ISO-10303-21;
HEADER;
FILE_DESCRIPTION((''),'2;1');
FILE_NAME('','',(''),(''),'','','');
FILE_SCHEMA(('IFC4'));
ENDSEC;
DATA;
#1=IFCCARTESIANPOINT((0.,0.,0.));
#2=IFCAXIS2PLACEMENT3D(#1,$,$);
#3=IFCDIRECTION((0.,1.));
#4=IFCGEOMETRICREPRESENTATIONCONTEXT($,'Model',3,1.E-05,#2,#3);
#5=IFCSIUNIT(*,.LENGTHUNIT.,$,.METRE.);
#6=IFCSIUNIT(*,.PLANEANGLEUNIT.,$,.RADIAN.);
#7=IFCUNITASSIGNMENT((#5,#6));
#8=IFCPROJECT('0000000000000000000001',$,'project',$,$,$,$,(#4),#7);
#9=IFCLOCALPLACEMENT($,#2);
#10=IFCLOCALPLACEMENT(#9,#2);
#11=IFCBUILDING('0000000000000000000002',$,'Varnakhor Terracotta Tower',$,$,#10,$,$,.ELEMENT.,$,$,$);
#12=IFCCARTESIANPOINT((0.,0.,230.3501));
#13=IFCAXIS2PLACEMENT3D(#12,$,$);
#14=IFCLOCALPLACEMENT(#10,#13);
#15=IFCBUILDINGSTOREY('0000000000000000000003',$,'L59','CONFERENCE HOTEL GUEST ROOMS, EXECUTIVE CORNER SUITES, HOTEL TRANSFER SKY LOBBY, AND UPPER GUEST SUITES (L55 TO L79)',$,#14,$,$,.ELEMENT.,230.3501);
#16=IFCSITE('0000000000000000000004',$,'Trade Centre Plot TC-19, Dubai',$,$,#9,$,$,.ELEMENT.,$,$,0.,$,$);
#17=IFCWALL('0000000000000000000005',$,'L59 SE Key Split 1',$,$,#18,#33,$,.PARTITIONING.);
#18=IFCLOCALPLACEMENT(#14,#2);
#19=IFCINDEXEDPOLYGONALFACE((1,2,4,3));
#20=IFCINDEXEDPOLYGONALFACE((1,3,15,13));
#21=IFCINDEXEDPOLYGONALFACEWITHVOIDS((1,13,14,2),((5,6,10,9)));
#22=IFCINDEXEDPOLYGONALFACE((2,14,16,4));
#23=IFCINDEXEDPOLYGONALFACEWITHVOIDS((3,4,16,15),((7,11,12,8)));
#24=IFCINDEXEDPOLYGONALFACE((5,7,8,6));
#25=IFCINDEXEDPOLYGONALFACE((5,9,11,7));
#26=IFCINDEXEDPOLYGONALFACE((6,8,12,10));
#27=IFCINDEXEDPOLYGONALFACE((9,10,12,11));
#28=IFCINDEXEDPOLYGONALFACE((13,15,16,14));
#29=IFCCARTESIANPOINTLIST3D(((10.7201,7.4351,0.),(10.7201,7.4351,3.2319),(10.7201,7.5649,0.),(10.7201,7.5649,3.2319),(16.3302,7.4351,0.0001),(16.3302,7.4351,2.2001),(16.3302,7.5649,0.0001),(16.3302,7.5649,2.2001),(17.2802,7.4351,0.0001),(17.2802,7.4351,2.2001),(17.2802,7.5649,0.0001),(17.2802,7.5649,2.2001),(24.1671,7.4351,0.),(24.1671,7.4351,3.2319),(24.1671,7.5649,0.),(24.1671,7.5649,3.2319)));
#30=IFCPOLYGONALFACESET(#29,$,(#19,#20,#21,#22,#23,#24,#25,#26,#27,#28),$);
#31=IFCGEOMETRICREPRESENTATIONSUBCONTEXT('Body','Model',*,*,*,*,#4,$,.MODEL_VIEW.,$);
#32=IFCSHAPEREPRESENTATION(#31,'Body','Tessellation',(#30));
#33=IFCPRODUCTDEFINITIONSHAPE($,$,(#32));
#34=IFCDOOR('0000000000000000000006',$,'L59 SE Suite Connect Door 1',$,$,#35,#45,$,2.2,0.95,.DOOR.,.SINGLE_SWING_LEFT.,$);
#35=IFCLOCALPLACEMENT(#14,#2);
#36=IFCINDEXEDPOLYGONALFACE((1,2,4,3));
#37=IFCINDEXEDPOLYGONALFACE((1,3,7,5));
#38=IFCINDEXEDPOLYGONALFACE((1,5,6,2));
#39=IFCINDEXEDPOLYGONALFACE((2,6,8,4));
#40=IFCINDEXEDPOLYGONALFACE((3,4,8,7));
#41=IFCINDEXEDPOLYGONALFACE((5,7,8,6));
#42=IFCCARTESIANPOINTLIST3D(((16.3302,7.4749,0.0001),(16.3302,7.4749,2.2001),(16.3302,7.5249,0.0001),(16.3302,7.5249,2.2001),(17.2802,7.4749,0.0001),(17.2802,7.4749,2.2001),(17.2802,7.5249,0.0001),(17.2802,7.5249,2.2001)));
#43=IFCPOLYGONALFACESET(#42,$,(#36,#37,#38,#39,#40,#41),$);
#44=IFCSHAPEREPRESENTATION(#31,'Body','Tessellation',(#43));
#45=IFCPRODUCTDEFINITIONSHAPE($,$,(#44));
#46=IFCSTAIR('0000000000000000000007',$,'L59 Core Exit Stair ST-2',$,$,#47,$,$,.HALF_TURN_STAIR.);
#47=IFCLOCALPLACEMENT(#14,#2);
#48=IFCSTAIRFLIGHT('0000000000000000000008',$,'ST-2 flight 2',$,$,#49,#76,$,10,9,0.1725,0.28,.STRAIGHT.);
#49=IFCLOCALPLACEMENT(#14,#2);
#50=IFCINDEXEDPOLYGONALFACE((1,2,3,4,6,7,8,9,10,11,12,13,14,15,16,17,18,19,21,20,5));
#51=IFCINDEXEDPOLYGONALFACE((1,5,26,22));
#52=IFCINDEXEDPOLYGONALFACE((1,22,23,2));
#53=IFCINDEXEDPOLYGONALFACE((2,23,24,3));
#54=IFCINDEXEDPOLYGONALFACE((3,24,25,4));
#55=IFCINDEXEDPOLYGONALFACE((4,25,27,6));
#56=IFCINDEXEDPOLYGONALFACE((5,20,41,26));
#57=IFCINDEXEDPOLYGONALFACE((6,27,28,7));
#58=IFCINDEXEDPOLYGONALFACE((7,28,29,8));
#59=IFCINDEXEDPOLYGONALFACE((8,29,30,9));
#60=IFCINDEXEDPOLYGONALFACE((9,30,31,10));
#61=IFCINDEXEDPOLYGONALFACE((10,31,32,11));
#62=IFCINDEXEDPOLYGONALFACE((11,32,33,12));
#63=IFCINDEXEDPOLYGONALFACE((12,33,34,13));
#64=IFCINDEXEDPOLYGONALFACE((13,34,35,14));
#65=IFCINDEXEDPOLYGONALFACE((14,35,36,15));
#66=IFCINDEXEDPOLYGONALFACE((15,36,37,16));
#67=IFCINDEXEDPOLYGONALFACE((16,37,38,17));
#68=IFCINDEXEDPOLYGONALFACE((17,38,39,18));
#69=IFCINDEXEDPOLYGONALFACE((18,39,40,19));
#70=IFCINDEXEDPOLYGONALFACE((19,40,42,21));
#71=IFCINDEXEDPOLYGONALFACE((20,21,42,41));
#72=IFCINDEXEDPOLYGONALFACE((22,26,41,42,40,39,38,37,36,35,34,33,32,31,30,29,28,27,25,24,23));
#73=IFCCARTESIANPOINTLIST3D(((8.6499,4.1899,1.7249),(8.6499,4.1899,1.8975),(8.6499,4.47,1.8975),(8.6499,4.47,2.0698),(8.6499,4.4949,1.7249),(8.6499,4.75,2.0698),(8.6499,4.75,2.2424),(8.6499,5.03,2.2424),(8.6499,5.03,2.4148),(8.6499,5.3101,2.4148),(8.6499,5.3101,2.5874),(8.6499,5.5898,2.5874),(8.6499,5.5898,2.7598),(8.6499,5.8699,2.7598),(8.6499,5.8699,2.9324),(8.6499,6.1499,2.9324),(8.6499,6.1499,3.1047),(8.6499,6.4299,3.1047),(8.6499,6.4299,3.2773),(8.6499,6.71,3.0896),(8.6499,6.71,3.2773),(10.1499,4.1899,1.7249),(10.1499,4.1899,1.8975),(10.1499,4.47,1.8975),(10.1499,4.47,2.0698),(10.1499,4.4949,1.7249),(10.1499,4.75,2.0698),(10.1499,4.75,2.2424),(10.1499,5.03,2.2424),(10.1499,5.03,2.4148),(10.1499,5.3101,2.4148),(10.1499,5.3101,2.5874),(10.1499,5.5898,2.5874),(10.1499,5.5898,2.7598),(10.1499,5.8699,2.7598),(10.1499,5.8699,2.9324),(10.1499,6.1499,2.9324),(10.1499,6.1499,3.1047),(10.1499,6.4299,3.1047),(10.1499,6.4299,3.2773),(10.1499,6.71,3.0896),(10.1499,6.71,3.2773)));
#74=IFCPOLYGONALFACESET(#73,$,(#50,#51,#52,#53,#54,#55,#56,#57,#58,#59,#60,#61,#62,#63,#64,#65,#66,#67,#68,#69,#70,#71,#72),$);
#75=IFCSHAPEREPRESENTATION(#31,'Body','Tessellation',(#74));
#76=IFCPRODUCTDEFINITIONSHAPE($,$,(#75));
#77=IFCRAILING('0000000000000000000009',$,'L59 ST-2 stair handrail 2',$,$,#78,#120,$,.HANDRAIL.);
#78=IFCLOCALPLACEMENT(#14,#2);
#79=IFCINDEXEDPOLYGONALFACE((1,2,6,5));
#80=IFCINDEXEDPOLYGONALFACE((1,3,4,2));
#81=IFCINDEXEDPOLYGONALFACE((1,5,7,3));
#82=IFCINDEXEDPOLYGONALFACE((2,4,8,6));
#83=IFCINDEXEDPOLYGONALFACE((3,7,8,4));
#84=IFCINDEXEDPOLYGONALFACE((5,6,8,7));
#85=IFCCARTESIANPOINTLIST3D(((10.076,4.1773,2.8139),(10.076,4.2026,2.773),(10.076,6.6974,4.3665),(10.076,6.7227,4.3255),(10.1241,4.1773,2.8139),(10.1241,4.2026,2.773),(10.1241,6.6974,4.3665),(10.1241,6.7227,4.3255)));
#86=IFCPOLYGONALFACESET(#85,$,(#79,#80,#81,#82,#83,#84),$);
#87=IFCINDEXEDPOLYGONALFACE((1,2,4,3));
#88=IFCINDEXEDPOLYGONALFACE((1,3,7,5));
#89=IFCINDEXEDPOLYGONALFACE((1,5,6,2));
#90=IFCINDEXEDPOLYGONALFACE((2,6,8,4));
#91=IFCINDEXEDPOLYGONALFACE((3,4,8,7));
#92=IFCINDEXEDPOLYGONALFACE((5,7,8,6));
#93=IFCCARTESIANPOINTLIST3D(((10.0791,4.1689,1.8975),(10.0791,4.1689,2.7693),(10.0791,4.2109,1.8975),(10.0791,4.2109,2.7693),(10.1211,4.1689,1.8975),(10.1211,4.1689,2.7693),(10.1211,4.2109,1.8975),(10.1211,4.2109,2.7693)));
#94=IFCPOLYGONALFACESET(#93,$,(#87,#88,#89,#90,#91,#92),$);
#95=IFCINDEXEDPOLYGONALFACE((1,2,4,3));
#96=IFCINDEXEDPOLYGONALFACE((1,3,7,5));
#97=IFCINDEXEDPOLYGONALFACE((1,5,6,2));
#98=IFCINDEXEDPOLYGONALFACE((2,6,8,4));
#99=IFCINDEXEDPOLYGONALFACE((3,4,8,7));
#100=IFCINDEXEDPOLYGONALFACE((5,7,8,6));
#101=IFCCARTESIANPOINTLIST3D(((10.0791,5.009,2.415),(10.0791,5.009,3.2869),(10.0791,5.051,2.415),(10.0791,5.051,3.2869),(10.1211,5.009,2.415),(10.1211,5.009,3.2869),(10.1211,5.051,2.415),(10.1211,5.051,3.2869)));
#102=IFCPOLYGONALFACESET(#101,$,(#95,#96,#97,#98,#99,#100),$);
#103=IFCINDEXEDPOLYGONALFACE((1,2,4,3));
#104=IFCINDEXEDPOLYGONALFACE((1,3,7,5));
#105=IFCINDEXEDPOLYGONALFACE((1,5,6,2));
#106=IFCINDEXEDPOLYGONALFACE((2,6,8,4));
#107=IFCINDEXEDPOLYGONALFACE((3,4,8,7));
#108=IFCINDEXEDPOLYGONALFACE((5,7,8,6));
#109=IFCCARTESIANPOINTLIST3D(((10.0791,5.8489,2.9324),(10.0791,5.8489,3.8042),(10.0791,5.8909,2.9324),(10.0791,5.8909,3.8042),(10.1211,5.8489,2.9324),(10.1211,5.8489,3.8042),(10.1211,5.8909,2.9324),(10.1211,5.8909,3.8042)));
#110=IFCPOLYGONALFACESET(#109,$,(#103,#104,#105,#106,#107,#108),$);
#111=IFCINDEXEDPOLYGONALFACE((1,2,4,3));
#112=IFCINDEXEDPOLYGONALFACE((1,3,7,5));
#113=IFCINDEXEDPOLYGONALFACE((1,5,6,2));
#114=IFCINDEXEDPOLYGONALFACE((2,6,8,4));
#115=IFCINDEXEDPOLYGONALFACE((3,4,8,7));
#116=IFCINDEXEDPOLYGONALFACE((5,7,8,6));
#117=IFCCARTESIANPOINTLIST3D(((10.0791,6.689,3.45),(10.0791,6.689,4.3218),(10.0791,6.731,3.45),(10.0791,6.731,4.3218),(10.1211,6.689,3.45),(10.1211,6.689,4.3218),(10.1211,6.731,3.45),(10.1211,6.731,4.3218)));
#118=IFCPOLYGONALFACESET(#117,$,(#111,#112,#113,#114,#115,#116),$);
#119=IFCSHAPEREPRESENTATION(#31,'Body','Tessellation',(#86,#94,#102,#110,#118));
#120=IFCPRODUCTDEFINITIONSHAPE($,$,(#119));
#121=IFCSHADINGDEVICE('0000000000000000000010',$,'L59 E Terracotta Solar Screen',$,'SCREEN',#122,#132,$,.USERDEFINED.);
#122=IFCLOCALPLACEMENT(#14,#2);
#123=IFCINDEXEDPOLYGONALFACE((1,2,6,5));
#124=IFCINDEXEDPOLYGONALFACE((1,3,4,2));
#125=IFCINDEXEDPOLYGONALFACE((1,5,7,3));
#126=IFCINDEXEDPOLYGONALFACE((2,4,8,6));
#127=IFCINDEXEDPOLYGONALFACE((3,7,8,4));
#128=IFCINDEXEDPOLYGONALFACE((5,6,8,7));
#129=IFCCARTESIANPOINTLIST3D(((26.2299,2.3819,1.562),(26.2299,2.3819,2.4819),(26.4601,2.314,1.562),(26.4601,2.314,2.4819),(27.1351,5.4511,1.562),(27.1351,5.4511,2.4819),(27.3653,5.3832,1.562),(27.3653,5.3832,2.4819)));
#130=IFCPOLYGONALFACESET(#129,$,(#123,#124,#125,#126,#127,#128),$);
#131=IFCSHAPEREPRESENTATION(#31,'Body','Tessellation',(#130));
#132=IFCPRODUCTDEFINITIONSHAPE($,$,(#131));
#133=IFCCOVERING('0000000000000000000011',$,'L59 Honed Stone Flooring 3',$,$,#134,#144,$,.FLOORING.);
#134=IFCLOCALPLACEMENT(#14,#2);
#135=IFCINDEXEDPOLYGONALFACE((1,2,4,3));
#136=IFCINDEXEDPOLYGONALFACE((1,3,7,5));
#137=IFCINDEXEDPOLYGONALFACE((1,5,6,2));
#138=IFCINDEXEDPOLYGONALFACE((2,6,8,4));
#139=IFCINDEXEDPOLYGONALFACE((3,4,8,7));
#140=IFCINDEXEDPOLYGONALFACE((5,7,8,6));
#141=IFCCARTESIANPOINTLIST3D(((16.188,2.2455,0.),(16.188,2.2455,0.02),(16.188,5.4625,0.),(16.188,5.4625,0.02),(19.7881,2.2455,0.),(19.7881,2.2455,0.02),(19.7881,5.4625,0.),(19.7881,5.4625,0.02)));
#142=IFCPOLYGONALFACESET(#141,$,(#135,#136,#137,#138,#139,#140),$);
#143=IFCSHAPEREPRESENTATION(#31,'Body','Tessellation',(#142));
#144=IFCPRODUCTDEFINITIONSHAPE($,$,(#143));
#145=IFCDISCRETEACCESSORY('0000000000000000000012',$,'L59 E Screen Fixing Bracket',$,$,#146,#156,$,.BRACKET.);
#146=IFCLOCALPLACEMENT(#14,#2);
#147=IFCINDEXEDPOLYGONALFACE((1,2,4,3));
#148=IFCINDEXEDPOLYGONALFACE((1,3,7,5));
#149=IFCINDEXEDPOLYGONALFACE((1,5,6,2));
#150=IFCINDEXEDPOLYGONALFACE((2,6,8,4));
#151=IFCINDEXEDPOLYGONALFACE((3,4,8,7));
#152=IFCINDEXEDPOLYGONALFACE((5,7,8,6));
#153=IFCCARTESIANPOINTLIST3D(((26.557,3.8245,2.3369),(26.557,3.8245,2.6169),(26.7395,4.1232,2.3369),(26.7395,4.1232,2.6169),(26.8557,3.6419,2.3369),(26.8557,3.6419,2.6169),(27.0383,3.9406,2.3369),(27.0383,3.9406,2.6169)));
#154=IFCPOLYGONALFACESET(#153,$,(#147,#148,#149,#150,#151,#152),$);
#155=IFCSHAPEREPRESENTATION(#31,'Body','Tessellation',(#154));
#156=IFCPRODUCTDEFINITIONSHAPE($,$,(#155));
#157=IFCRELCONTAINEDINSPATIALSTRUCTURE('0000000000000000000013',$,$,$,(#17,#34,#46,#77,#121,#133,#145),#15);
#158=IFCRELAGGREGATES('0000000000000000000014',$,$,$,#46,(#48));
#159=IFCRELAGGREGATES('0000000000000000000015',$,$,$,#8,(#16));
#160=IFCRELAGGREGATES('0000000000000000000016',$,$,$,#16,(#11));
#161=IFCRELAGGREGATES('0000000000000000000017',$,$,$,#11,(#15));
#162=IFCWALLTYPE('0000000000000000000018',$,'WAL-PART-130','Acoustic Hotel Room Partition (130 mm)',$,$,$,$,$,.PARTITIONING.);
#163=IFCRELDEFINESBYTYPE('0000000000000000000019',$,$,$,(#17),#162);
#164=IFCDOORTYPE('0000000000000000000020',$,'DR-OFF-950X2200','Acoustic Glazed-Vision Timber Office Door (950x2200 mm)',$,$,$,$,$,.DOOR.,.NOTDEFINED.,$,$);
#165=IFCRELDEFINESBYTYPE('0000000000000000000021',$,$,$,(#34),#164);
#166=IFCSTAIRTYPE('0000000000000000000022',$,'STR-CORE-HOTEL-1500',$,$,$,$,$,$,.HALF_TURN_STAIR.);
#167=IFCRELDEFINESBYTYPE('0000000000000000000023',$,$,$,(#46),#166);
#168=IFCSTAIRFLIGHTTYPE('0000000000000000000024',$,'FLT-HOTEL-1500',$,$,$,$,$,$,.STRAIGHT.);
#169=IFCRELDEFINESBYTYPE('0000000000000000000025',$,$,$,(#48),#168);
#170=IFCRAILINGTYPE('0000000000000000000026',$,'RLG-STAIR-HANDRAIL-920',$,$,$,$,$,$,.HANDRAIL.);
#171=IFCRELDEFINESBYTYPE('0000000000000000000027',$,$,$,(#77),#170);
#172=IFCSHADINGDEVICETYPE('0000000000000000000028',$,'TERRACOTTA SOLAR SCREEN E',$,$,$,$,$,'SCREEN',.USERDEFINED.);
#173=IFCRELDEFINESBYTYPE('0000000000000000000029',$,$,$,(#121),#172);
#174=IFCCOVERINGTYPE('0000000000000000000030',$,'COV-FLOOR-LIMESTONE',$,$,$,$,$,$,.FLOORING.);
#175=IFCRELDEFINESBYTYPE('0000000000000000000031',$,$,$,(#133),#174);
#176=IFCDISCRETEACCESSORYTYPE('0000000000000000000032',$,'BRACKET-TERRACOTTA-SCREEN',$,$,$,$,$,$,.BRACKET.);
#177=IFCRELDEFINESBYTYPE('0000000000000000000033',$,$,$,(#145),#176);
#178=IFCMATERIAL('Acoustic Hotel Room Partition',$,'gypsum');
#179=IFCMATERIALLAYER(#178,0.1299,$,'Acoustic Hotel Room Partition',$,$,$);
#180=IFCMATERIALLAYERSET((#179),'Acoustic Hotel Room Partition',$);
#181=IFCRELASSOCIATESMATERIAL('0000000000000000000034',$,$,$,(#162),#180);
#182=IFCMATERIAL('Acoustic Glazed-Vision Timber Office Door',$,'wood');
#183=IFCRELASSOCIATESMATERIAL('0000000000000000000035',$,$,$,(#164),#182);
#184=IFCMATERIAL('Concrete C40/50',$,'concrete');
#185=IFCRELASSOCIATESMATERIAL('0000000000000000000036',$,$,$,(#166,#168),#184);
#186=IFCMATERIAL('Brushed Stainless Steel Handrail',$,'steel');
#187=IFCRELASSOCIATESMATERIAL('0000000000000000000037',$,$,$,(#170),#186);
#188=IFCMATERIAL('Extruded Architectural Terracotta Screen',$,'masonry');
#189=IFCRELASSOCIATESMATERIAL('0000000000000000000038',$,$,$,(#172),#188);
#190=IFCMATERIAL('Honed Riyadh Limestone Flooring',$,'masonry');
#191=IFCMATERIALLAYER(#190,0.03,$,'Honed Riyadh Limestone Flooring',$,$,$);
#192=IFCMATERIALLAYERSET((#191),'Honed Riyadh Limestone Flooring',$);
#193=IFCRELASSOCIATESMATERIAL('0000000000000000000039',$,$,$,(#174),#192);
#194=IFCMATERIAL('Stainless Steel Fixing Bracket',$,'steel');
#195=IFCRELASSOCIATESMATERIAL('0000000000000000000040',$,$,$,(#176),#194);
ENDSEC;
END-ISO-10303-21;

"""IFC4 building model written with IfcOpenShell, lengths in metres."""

from ifc_helpers import new_model, si_unit, direction, frame, frame_2d, origin, origin_2d, place, context, subcontext, project, spatial, polyline, rectangle, outline, extrude, source, transform, mapped, material, layer, layer_set, type_object, type_shapes, element, fill, aggregate, save


model = new_model("IFC4")

# Units and contexts
model_context = context("Model", 3, precision=1e-05, world=origin(), true_north=direction((0.0, 1.0)))
body_context = subcontext(model_context, "Body", "Model", "MODEL_VIEW")
ifc_project = project(units=[si_unit("LENGTHUNIT", "METRE"), si_unit("PLANEANGLEUNIT", "RADIAN")], contexts=[model_context])

# Site, building, storey
site_placement = place(None, origin())
site = spatial("IfcSite", under=ifc_project, at=site_placement, Name="Trade Centre Plot TC-19, Dubai", CompositionType="ELEMENT", RefElevation=0.0)
building_placement = place(site_placement, origin())
building = spatial("IfcBuilding", under=site, at=building_placement, Name="Varnakhor Terracotta Tower", CompositionType="ELEMENT")
storey_placement = place(building_placement, frame((0.0, 0.0, 230.3501)))
storey = spatial("IfcBuildingStorey", under=building, at=storey_placement, Name="L59", Description="CONFERENCE HOTEL GUEST ROOMS, EXECUTIVE CORNER SUITES, HOTEL TRANSFER SKY LOBBY, AND UPPER GUEST SUITES (L55 TO L79)", CompositionType="ELEMENT", Elevation=230.3501)

# Wall, opening, door
ifc_material_1 = material(Name="Concrete C40/50", Category="concrete")
ifc_material_2 = material(Name="Acoustic Hotel Room Partition", Category="gypsum")
ifc_layer_1 = layer(ifc_material_2, 0.1299, Name="Acoustic Hotel Room Partition")
ifc_layer_set_1 = layer_set([ifc_layer_1], Name="Acoustic Hotel Room Partition")
wall_type_1 = type_object("IfcWallType", Name="WAL-PART-130", Description="Acoustic Hotel Room Partition (130 mm)", PredefinedType="PARTITIONING", material=ifc_layer_set_1)
wall_1_placement = place(storey_placement, frame((10.72, 7.5, 0.0), z_axis=(0.0, 0.0, 1.0), x_axis=(1.0, 0.0, 0.0)))
wall_1 = element("IfcWall", 1, at=wall_1_placement, inside=storey, type_object=wall_type_1, Name="L59 SE Key Split 1", PredefinedType="PARTITIONING", context=body_context, shape_type="SweptSolid", body=[
    extrude(rectangle(XDim=13.447, YDim=0.1299, at=frame_2d((6.7236, 0.0))), origin(), (0.0, 0.0, 1.0), 3.2319),
])
opening_1_placement = place(wall_1_placement, frame((5.6101, 0.0, 0.0)))
opening_1 = element("IfcOpeningElement", 2, at=opening_1_placement, cuts=wall_1, PredefinedType="OPENING", context=body_context, shape_type="SweptSolid", body=[
    extrude(rectangle(XDim=0.95, YDim=2.2, at=frame_2d((0.4751, 1.1001))), frame((0.0, 0.075, 0.0), z_axis=(0.0, -1.0, 0.0), x_axis=(1.0, 0.0, 0.0)), (0.0, 0.0, 1.0), 0.1499),
])
ifc_material_3 = material(Name="Acoustic Glazed-Vision Timber Office Door", Category="wood")
door_type_1 = type_object("IfcDoorType", Name="DR-OFF-950X2200", Description="Acoustic Glazed-Vision Timber Office Door (950x2200 mm)", OperationType="NOTDEFINED", PredefinedType="DOOR", material=ifc_material_3)
shared_shape_1 = source(origin(), body_context, "Body", "SweptSolid", [
    extrude(rectangle(XDim=0.95, YDim=2.2, at=frame_2d((0.4751, 1.1001))), frame((0.0, 0.0249, 0.0), z_axis=(0.0, -1.0, 0.0), x_axis=(1.0, 0.0, 0.0)), (0.0, 0.0, 1.0), 0.05),
])
type_shapes(door_type_1, [shared_shape_1])
door_1_placement = place(opening_1_placement, origin())
door_1 = element("IfcDoor", 3, at=door_1_placement, inside=storey, type_object=door_type_1, Name="L59 SE Suite Connect Door 1", OperationType="SINGLE_SWING_LEFT", OverallHeight=2.2, OverallWidth=0.95, PredefinedType="DOOR", context=body_context, shape_type="MappedRepresentation", body=[
    mapped(shared_shape_1, transform((0.0, 0.0, 0.0), scale=1.0)),
])
fill(opening_1, door_1)

# Stair, stair flight
stair_type = type_object("IfcStairType", Name="STR-CORE-HOTEL-1500", PredefinedType="HALF_TURN_STAIR", material=ifc_material_1)
stair_placement = place(storey_placement, origin())
stair = element("IfcStair", 4, at=stair_placement, inside=storey, type_object=stair_type, Name="L59 Core Exit Stair ST-2", PredefinedType="HALF_TURN_STAIR")
stair_flight_type = type_object("IfcStairFlightType", Name="FLT-HOTEL-1500", PredefinedType="STRAIGHT", material=ifc_material_1)
stair_flight_placement = place(storey_placement, frame((9.3999, 4.1899, 1.7249), z_axis=(0.0, 0.0, 1.0), x_axis=(0.0, 1.0, 0.0)))
stair_flight = element("IfcStairFlight", 5, at=stair_flight_placement, type_object=stair_flight_type, Name="ST-2 flight 2", NumberOfRisers=10, NumberOfTreads=9, PredefinedType="STRAIGHT", RiserHeight=0.1725, TreadLength=0.28, context=body_context, shape_type="SweptSolid", body=[
    extrude(outline(polyline([(0.0, 0.0), (0.0, 0.1726), (0.28, 0.1726), (0.28, 0.345), (0.5601, 0.345), (0.5601, 0.5176), (0.8401, 0.5176), (0.8401, 0.6899), (1.1201, 0.6899), (1.1201, 0.8625), (1.3999, 0.8625), (1.3999, 1.0349), (1.6799, 1.0349), (1.6799, 1.2075), (1.96, 1.2075), (1.96, 1.3799), (2.24, 1.3799), (2.24, 1.5525), (2.52, 1.5525), (2.52, 1.7251), (2.52, 1.3647), (0.3049, 0.0), (0.0, 0.0)])), frame((0.0, 0.75, 0.0), z_axis=(0.0, -1.0, 0.0), x_axis=(1.0, 0.0, 0.0)), (0.0, 0.0, 1.0), 1.5),
])
aggregate(stair, [stair_flight])

# Railing
ifc_material_4 = material(Name="Brushed Stainless Steel Handrail", Category="steel")
railing_type = type_object("IfcRailingType", Name="RLG-STAIR-HANDRAIL-920", PredefinedType="HANDRAIL", material=ifc_material_4)
railing_placement = place(storey_placement, frame((10.1001, 4.1899, 1.8975)))
element("IfcRailing", 6, at=railing_placement, inside=storey, type_object=railing_type, Name="L59 ST-2 stair handrail 2", PredefinedType="HANDRAIL", context=body_context, shape_type="SweptSolid", body=[
    extrude(rectangle(XDim=0.0481, YDim=0.0481, at=origin_2d()), frame((0.0, 0.0, 0.896), z_axis=(0.0, 0.8514, 0.524516), x_axis=(-1.0, 0.0, 0.0)), (0.0, 0.0, 1.0), 2.96),
    extrude(rectangle(XDim=0.042, YDim=0.042, at=origin_2d()), origin(), (0.0, 0.0, 1.0), 0.8718),
    extrude(rectangle(XDim=0.042, YDim=0.042, at=origin_2d()), frame((0.0, 0.8401, 0.5176)), (0.0, 0.0, 1.0), 0.8718),
    extrude(rectangle(XDim=0.042, YDim=0.042, at=origin_2d()), frame((0.0, 1.6799, 1.0349)), (0.0, 0.0, 1.0), 0.8718),
    extrude(rectangle(XDim=0.042, YDim=0.042, at=origin_2d()), frame((0.0, 2.52, 1.5525)), (0.0, 0.0, 1.0), 0.8718),
])

# Shading device
ifc_material_5 = material(Name="Extruded Architectural Terracotta Screen", Category="masonry")
shading_device_type = type_object("IfcShadingDeviceType", Name="TERRACOTTA SOLAR SCREEN E", ElementType="SCREEN", PredefinedType="USERDEFINED", material=ifc_material_5)
shared_shape_2 = source(origin(), body_context, "Body", "SweptSolid", [
    extrude(rectangle(XDim=3.2, YDim=0.24, at=origin_2d()), origin(), (0.0, 0.0, 1.0), 0.9199),
])
type_shapes(shading_device_type, [shared_shape_2])
shading_device_placement = place(storey_placement, frame((26.7976, 3.8826, 1.562), z_axis=(0.0, 0.0, 1.0), x_axis=(0.282894, 0.959151, 0.0)))
element("IfcShadingDevice", 7, at=shading_device_placement, inside=storey, type_object=shading_device_type, Name="L59 E Terracotta Solar Screen", ObjectType="SCREEN", PredefinedType="USERDEFINED", context=body_context, shape_type="MappedRepresentation", body=[
    mapped(shared_shape_2, transform((0.0, 0.0, 0.0), scale=1.0)),
])

# Covering
ifc_material_6 = material(Name="Honed Riyadh Limestone Flooring", Category="masonry")
ifc_layer_2 = layer(ifc_material_6, 0.03, Name="Honed Riyadh Limestone Flooring")
ifc_layer_set_2 = layer_set([ifc_layer_2], Name="Honed Riyadh Limestone Flooring")
covering_type = type_object("IfcCoveringType", Name="COV-FLOOR-LIMESTONE", PredefinedType="FLOORING", material=ifc_layer_set_2)
shared_shape_3 = source(origin(), body_context, "Body", "SweptSolid", [
    extrude(rectangle(XDim=3.6001, YDim=3.217, at=origin_2d()), origin(), (0.0, 0.0, 1.0), 0.02),
])
covering_placement = place(storey_placement, frame((17.988, 3.854, 0.0), z_axis=(0.0, 0.0, 1.0), x_axis=(1.0, 0.0, 0.0)))
element("IfcCovering", 8, at=covering_placement, inside=storey, type_object=covering_type, Name="L59 Honed Stone Flooring 3", PredefinedType="FLOORING", context=body_context, shape_type="MappedRepresentation", body=[
    mapped(shared_shape_3, transform((0.0, 0.0, 0.0), scale=1.0)),
])

# Discrete accessory
ifc_material_7 = material(Name="Stainless Steel Fixing Bracket", Category="steel")
discrete_accessory_type = type_object("IfcDiscreteAccessoryType", Name="BRACKET-TERRACOTTA-SCREEN", PredefinedType="BRACKET", material=ifc_material_7)
shared_shape_4 = source(origin(), body_context, "Body", "SweptSolid", [
    extrude(rectangle(XDim=0.3501, YDim=0.3501, at=origin_2d()), origin(), (0.0, 0.0, 1.0), 0.28),
])
type_shapes(discrete_accessory_type, [shared_shape_4])
discrete_accessory_placement = place(storey_placement, frame((26.7976, 3.8826, 2.3369), z_axis=(0.0, 0.0, 1.0), x_axis=(0.521501, 0.853251, 0.0)))
element("IfcDiscreteAccessory", 9, at=discrete_accessory_placement, inside=storey, type_object=discrete_accessory_type, Name="L59 E Screen Fixing Bracket", PredefinedType="BRACKET", context=body_context, shape_type="MappedRepresentation", body=[
    mapped(shared_shape_4, transform((0.0, 0.0, 0.0), scale=1.0)),
])

save(model, "model.ifc")
